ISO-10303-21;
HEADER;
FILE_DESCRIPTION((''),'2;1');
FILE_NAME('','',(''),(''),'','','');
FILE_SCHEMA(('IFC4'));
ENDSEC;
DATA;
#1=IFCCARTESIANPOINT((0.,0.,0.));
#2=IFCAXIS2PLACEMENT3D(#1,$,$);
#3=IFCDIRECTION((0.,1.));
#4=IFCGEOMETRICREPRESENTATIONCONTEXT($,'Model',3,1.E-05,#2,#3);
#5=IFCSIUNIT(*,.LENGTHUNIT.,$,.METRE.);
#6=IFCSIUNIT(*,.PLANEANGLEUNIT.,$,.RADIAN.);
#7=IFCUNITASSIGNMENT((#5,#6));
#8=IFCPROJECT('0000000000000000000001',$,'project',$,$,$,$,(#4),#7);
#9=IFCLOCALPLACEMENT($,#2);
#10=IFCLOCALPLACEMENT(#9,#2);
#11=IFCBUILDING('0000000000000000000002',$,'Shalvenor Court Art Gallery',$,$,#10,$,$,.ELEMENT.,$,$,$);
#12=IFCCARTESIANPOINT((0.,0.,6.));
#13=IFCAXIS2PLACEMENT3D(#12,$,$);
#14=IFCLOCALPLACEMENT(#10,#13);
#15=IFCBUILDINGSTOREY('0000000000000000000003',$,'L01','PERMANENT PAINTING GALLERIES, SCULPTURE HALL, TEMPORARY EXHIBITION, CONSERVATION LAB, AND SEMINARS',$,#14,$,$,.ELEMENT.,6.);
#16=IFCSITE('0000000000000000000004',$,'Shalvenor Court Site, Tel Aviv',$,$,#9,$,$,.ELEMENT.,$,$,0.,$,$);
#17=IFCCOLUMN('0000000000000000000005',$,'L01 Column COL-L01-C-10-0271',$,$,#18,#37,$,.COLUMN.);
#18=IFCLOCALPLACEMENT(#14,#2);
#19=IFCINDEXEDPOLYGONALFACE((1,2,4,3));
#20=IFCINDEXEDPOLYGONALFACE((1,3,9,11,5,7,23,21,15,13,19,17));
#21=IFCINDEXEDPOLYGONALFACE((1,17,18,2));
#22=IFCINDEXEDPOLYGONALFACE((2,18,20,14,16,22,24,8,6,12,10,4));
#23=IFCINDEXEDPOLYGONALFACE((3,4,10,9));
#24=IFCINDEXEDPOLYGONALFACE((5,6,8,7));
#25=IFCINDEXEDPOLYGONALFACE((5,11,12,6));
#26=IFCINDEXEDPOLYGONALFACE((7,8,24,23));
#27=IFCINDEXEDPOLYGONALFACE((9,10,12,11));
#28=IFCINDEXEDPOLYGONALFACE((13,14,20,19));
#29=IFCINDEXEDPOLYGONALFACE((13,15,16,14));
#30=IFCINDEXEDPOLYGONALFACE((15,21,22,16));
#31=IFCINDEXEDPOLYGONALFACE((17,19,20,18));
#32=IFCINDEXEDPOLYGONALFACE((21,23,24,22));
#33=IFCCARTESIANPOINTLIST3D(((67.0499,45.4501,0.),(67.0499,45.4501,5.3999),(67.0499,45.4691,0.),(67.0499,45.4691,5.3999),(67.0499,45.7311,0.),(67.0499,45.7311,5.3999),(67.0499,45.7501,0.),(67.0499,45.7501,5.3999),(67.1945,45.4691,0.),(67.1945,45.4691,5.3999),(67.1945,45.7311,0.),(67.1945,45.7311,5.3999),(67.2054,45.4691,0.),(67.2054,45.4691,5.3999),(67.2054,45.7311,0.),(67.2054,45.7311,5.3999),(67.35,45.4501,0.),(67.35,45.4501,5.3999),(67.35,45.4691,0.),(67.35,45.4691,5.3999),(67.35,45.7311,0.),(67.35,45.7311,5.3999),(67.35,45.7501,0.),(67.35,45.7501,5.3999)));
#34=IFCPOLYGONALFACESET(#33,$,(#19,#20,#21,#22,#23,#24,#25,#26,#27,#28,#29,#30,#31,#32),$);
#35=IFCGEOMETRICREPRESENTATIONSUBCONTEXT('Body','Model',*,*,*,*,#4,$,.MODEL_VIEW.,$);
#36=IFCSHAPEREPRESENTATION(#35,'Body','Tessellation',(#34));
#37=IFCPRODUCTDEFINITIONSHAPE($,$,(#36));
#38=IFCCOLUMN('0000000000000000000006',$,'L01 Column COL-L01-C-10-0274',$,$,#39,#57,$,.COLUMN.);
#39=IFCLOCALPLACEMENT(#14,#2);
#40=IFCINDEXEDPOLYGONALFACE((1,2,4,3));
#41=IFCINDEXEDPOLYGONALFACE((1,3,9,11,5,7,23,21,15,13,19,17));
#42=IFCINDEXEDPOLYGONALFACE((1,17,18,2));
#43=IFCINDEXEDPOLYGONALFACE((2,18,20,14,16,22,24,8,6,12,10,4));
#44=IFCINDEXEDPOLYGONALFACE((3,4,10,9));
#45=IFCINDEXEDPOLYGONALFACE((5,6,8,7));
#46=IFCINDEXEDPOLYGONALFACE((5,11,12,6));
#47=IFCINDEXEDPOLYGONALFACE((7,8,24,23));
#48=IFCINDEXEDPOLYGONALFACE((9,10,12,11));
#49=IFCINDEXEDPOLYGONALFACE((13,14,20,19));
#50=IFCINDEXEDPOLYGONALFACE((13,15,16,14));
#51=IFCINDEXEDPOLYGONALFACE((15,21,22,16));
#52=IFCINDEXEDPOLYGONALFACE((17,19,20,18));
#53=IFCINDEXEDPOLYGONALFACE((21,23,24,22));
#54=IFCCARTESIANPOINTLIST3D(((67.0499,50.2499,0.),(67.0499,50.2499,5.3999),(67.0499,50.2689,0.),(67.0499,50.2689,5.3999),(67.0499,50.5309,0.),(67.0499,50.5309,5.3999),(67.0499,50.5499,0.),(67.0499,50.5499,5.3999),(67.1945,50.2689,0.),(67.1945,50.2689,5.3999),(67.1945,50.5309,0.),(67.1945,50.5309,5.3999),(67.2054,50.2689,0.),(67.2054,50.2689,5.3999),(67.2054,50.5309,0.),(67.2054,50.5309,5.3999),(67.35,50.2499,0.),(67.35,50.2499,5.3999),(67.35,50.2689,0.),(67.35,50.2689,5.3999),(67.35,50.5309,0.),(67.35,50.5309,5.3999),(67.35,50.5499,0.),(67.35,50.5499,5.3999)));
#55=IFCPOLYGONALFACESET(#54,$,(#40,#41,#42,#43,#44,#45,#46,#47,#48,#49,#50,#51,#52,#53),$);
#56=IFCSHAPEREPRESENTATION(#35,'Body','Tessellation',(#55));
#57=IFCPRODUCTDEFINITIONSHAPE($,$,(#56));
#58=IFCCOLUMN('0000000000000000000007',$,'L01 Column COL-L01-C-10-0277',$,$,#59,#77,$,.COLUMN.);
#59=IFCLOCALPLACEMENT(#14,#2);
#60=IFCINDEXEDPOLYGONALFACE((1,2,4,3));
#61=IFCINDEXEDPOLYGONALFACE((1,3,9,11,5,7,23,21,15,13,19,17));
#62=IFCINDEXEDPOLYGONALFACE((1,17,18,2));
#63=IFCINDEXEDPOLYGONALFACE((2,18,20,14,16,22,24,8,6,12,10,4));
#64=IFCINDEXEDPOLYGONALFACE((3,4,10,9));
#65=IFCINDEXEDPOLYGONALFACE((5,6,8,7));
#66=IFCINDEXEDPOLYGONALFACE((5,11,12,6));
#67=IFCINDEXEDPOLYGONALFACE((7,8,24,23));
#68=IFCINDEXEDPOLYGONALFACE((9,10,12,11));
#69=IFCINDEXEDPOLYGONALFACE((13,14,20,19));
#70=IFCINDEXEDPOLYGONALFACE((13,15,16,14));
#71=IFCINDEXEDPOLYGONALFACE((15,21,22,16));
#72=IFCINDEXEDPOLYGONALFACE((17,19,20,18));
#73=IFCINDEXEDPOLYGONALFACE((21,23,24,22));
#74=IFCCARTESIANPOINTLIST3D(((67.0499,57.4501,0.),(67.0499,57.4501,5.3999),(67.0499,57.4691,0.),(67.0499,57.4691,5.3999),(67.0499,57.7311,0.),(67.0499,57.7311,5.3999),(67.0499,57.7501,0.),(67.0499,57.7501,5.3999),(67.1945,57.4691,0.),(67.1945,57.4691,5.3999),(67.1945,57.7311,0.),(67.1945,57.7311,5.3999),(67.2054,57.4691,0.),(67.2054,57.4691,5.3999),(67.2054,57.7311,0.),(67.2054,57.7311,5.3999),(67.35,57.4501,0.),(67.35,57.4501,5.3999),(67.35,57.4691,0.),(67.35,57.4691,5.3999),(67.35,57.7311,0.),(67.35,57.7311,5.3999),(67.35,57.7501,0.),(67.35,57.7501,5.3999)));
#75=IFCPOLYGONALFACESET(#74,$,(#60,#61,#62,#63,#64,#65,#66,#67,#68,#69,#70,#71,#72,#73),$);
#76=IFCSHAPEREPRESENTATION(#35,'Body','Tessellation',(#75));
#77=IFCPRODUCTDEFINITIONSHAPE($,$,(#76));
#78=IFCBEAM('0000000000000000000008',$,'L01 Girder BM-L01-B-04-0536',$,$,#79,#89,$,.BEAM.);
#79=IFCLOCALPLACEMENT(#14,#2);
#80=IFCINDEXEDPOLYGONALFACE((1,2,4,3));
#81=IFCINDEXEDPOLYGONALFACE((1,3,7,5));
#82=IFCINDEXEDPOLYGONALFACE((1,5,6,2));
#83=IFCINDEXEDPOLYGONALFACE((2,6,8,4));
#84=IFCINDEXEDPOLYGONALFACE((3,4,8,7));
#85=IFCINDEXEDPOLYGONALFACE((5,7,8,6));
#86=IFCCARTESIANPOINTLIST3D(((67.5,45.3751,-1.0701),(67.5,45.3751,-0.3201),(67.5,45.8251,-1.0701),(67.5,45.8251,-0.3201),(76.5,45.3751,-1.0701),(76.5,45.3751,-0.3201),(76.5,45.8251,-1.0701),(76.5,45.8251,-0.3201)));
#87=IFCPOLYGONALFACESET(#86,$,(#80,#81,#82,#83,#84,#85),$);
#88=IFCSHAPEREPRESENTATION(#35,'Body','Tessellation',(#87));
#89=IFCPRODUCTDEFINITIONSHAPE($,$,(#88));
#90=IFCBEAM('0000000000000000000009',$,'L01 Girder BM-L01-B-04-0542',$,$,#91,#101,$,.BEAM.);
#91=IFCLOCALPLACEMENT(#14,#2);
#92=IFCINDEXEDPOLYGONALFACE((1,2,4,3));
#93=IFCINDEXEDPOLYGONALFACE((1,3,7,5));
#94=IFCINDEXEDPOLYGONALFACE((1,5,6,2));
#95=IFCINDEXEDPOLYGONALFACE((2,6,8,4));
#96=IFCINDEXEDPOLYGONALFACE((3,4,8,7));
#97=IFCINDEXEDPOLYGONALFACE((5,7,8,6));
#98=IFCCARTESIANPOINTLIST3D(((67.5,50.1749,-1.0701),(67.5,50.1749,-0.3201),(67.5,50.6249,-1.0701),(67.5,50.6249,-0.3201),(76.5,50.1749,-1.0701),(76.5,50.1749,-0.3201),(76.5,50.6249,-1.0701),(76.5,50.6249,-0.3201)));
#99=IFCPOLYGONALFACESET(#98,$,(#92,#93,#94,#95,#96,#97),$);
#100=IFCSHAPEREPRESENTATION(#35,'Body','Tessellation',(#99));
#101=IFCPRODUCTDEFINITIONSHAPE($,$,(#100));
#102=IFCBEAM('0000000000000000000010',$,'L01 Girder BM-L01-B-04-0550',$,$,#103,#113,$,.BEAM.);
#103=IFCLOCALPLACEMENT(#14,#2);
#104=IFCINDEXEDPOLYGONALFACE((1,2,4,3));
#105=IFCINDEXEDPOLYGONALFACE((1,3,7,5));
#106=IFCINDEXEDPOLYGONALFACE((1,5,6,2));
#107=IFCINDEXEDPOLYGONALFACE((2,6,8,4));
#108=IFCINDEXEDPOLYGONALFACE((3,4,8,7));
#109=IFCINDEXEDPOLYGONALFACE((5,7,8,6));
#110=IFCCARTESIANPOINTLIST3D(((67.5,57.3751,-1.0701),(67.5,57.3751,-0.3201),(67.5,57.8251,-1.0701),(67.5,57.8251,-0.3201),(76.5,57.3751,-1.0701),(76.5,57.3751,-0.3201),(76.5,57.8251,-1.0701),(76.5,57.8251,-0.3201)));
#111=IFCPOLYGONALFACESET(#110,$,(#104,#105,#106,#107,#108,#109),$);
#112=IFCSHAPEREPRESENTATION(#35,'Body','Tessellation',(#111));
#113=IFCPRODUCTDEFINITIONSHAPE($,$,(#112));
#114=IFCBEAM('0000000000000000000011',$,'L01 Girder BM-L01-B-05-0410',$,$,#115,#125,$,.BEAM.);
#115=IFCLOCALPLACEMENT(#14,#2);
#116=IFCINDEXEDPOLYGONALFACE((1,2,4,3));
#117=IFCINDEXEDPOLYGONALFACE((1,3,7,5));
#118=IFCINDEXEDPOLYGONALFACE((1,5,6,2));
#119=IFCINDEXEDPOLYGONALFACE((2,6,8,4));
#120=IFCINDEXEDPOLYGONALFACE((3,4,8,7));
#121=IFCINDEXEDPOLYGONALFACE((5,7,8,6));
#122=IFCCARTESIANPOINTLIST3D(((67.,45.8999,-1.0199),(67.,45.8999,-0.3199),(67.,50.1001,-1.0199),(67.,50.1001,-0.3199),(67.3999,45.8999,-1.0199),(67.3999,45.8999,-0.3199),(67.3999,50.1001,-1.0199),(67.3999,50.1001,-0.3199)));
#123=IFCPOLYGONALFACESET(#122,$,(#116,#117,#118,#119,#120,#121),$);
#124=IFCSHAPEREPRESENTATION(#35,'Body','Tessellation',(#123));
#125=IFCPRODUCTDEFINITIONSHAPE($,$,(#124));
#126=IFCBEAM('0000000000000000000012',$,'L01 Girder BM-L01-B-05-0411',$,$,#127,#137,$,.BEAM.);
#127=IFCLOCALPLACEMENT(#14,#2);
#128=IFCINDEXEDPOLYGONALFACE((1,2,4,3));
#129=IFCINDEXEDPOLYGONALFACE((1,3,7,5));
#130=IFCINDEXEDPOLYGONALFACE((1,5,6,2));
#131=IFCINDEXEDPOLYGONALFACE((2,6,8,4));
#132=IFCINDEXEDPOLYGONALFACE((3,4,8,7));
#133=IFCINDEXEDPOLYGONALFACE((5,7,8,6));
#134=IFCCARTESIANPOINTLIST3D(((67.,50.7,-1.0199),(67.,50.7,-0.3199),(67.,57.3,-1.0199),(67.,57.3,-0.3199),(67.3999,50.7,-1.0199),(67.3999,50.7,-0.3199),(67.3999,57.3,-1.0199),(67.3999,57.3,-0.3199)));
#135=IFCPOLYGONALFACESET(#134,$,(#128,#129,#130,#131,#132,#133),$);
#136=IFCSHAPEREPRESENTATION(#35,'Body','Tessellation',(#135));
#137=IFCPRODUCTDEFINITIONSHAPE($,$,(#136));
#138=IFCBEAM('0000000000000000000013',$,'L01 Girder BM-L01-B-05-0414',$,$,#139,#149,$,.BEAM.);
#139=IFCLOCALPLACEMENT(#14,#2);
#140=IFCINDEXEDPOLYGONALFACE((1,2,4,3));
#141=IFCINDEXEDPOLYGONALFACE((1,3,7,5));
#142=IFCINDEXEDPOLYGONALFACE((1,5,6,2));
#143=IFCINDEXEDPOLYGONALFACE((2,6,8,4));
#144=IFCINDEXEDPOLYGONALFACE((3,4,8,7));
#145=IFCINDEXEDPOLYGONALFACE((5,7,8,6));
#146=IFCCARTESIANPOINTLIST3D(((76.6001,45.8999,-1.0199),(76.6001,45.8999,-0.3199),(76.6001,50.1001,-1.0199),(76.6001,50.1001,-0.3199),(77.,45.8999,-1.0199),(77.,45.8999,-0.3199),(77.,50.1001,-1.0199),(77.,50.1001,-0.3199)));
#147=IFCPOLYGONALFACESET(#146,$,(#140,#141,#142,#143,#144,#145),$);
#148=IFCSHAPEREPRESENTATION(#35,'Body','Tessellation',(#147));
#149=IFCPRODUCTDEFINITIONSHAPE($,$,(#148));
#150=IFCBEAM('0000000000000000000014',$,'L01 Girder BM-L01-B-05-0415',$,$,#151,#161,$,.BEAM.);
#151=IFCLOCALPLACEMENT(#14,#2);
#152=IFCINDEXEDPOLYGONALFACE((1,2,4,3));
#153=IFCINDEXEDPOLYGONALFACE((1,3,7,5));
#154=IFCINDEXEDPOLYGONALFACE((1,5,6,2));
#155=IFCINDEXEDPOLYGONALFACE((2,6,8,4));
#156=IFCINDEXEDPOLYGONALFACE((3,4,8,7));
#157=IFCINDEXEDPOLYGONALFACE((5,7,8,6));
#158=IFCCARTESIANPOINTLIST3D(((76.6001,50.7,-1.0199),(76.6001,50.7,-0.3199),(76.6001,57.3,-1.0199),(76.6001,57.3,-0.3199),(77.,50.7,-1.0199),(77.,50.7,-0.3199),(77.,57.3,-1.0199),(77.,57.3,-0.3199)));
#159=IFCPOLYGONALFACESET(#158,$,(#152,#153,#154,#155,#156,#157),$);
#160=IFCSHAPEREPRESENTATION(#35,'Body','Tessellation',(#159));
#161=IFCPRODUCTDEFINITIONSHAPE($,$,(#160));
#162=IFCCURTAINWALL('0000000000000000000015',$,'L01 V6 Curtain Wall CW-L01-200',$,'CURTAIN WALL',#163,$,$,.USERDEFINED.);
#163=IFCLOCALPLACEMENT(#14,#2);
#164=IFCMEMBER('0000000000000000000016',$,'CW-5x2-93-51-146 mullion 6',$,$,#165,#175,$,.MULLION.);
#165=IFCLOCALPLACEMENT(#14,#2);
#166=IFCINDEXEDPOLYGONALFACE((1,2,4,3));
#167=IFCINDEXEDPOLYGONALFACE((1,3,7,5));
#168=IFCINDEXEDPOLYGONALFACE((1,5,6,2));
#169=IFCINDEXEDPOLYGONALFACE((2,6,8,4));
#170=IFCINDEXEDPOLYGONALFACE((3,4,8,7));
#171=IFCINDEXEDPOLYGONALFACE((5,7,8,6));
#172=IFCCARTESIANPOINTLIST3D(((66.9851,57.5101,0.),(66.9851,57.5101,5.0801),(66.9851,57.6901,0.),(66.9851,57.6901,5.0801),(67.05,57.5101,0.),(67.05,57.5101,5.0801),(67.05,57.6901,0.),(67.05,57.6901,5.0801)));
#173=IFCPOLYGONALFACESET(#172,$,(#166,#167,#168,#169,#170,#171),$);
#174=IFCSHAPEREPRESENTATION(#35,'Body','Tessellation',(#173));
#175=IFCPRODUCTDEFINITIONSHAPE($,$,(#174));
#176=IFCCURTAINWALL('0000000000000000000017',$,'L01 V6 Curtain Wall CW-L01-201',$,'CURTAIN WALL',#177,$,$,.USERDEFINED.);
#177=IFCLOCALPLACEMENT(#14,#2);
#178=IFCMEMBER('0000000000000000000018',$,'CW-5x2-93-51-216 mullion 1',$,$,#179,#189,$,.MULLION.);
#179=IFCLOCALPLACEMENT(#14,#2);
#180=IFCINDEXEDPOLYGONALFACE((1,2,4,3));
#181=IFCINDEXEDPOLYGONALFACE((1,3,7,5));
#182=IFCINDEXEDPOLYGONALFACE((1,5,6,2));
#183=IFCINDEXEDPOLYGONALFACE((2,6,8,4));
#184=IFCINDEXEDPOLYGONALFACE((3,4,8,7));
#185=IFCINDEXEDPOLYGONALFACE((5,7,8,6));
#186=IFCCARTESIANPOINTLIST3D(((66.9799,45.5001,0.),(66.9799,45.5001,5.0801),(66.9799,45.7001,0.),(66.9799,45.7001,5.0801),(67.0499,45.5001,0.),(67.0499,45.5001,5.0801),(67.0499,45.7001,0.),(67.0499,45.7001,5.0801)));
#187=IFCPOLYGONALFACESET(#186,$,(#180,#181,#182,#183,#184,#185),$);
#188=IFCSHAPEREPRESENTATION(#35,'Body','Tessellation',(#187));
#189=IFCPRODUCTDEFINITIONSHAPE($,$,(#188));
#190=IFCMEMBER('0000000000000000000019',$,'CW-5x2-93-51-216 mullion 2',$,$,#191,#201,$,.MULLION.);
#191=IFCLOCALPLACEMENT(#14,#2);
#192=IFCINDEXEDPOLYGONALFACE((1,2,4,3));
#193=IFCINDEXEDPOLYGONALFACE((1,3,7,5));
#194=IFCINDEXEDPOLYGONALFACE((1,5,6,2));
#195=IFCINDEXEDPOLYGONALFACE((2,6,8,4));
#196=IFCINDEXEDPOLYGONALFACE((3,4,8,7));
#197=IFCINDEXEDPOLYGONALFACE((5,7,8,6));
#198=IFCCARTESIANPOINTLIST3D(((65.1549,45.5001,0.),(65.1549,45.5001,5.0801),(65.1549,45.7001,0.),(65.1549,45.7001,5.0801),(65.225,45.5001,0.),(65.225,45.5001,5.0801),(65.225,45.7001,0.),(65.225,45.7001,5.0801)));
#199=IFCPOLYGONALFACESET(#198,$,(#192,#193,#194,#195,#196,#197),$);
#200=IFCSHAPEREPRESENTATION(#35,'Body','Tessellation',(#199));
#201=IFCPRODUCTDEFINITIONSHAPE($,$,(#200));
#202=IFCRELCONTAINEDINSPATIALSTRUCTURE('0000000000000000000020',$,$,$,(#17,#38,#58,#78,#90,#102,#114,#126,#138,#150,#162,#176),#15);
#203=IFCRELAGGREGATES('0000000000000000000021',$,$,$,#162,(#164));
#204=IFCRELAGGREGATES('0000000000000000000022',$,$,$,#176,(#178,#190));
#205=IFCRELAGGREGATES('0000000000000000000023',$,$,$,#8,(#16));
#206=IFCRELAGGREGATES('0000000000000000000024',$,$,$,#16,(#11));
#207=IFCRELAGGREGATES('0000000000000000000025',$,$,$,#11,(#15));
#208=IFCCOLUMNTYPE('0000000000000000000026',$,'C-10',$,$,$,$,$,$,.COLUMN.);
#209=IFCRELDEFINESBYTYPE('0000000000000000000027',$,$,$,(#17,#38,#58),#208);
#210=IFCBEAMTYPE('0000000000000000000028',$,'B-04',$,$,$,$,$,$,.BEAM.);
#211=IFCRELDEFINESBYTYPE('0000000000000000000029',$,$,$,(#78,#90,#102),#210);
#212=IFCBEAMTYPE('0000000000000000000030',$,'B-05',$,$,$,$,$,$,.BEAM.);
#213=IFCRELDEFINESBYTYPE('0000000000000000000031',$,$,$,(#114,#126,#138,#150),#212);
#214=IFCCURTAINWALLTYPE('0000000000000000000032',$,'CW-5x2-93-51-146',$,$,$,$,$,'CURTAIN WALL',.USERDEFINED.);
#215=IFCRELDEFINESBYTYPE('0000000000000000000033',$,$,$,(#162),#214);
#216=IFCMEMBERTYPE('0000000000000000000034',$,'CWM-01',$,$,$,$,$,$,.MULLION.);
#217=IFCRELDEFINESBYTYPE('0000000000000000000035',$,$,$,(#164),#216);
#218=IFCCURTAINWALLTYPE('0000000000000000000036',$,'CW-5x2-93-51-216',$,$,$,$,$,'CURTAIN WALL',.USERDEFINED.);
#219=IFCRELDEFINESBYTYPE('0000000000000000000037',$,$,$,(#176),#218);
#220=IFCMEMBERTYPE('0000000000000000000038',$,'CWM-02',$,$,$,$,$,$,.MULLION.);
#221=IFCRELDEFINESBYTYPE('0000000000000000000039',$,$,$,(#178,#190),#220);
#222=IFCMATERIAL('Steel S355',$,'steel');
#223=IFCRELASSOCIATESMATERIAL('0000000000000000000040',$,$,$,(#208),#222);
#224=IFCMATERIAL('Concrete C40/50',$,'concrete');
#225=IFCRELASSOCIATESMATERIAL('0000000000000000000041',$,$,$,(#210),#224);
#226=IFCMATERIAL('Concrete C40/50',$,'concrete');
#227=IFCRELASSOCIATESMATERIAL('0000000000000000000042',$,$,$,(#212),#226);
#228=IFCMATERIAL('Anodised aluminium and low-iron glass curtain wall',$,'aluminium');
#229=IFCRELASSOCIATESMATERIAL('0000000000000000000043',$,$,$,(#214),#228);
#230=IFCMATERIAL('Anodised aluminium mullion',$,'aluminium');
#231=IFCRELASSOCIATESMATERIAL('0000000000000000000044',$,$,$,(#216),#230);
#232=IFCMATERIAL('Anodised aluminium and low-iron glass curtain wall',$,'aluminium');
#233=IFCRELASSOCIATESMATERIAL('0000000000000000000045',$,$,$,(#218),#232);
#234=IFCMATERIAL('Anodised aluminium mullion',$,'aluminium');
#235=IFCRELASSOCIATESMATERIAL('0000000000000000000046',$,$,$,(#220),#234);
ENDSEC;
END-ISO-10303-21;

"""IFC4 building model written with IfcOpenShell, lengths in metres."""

from ifc_helpers import new_model, si_unit, direction, frame, origin, origin_2d, place, context, subcontext, project, spatial, rectangle, i_section, extrude, material, material_profile, profile_set, type_object, element, aggregate, save


model = new_model("IFC4")

# Units and contexts
model_context = context("Model", 3, precision=1e-05, world=origin(), true_north=direction((0.0, 1.0)))
body_context = subcontext(model_context, "Body", "Model", "MODEL_VIEW")
ifc_project = project(units=[si_unit("LENGTHUNIT", "METRE"), si_unit("PLANEANGLEUNIT", "RADIAN")], contexts=[model_context])

# Site, building, storey
site_placement = place(None, origin())
site = spatial("IfcSite", under=ifc_project, at=site_placement, Name="Shalvenor Court Site, Tel Aviv", CompositionType="ELEMENT", RefElevation=0.0)
building_placement = place(site_placement, origin())
building = spatial("IfcBuilding", under=site, at=building_placement, Name="Shalvenor Court Art Gallery", CompositionType="ELEMENT")
storey_placement = place(building_placement, frame((0.0, 0.0, 6.0)))
storey = spatial("IfcBuildingStorey", under=building, at=storey_placement, Name="L01", Description="PERMANENT PAINTING GALLERIES, SCULPTURE HALL, TEMPORARY EXHIBITION, CONSERVATION LAB, AND SEMINARS", CompositionType="ELEMENT", Elevation=6.0)

# Columns
ifc_material_1 = material(Name="Steel S355", Category="steel")
ifc_material_profile_1 = material_profile(ifc_material_1, i_section(OverallWidth=0.3, OverallDepth=0.3, WebThickness=0.011, FlangeThickness=0.019, at=origin_2d()), Name="HEB 300")
ifc_profile_set_1 = profile_set([ifc_material_profile_1], Name="Steel S355")
column_type = type_object("IfcColumnType", Name="C-10", PredefinedType="COLUMN", material=ifc_profile_set_1)
for number, where, z_axis, x_axis, name in (
    (1, (67.2, 45.6001, 0.0), (0.0, 0.0, 1.0), (1.0, 0.0, 0.0), "L01 Column COL-L01-C-10-0271"),
    (2, (67.2, 50.3999, 0.0), (0.0, 0.0, 1.0), (1.0, 0.0, 0.0), "L01 Column COL-L01-C-10-0274"),
    (3, (67.2, 57.6001, 0.0), (0.0, 0.0, 1.0), (1.0, 0.0, 0.0), "L01 Column COL-L01-C-10-0277"),
):
    element("IfcColumn", number, at=place(storey_placement, frame(where, z_axis=z_axis, x_axis=x_axis)), inside=storey, type_object=column_type, Name=name, PredefinedType="COLUMN", context=body_context, shape_type="SweptSolid", body=[
        extrude(i_section(OverallWidth=0.3, OverallDepth=0.3, WebThickness=0.011, FlangeThickness=0.019, at=origin_2d()), origin(), (0.0, 0.0, 1.0), 5.3999),
    ])

# Beams
ifc_material_2 = material(Name="Concrete C40/50", Category="concrete")
ifc_material_profile_2 = material_profile(ifc_material_2, rectangle(XDim=0.45, YDim=0.75, at=origin_2d()), Name="RC 450x750")
ifc_profile_set_2 = profile_set([ifc_material_profile_2], Name="Concrete C40/50")
beam_type_1 = type_object("IfcBeamType", Name="B-04", PredefinedType="BEAM", material=ifc_profile_set_2)
for number, where, z_axis, x_axis, name in (
    (4, (67.5, 45.6001, -0.6951), (1.0, 0.0, 0.0), (0.0, 1.0, 0.0), "L01 Girder BM-L01-B-04-0536"),
    (5, (67.5, 50.3999, -0.6951), (1.0, 0.0, 0.0), (0.0, 1.0, 0.0), "L01 Girder BM-L01-B-04-0542"),
    (6, (67.5, 57.6001, -0.6951), (1.0, 0.0, 0.0), (0.0, 1.0, 0.0), "L01 Girder BM-L01-B-04-0550"),
):
    element("IfcBeam", number, at=place(storey_placement, frame(where, z_axis=z_axis, x_axis=x_axis)), inside=storey, type_object=beam_type_1, Name=name, PredefinedType="BEAM", context=body_context, shape_type="SweptSolid", body=[
        extrude(rectangle(XDim=0.45, YDim=0.75, at=origin_2d()), origin(), (0.0, 0.0, 1.0), 9.0),
    ])
ifc_material_3 = material(Name="Concrete C40/50", Category="concrete")
ifc_material_profile_3 = material_profile(ifc_material_3, rectangle(XDim=0.3999, YDim=0.7, at=origin_2d()), Name="RC 400x700")
ifc_profile_set_3 = profile_set([ifc_material_profile_3], Name="Concrete C40/50")
beam_type_2 = type_object("IfcBeamType", Name="B-05", PredefinedType="BEAM", material=ifc_profile_set_3)
beam_1_placement = place(storey_placement, frame((67.2, 45.8999, -0.6699), z_axis=(0.0, 1.0, 0.0), x_axis=(-1.0, 0.0, 0.0)))
element("IfcBeam", 7, at=beam_1_placement, inside=storey, type_object=beam_type_2, Name="L01 Girder BM-L01-B-05-0410", PredefinedType="BEAM", context=body_context, shape_type="SweptSolid", body=[
    extrude(rectangle(XDim=0.3999, YDim=0.7, at=origin_2d()), origin(), (0.0, 0.0, 1.0), 4.2002),
])
beam_2_placement = place(storey_placement, frame((67.2, 50.7, -0.6699), z_axis=(0.0, 1.0, 0.0), x_axis=(-1.0, 0.0, 0.0)))
element("IfcBeam", 8, at=beam_2_placement, inside=storey, type_object=beam_type_2, Name="L01 Girder BM-L01-B-05-0411", PredefinedType="BEAM", context=body_context, shape_type="SweptSolid", body=[
    extrude(rectangle(XDim=0.3999, YDim=0.7, at=origin_2d()), origin(), (0.0, 0.0, 1.0), 6.6001),
])
beam_3_placement = place(storey_placement, frame((76.8, 45.8999, -0.6699), z_axis=(0.0, 1.0, 0.0), x_axis=(-1.0, 0.0, 0.0)))
element("IfcBeam", 9, at=beam_3_placement, inside=storey, type_object=beam_type_2, Name="L01 Girder BM-L01-B-05-0414", PredefinedType="BEAM", context=body_context, shape_type="SweptSolid", body=[
    extrude(rectangle(XDim=0.3999, YDim=0.7, at=origin_2d()), origin(), (0.0, 0.0, 1.0), 4.2002),
])
beam_4_placement = place(storey_placement, frame((76.8, 50.7, -0.6699), z_axis=(0.0, 1.0, 0.0), x_axis=(-1.0, 0.0, 0.0)))
element("IfcBeam", 10, at=beam_4_placement, inside=storey, type_object=beam_type_2, Name="L01 Girder BM-L01-B-05-0415", PredefinedType="BEAM", context=body_context, shape_type="SweptSolid", body=[
    extrude(rectangle(XDim=0.3999, YDim=0.7, at=origin_2d()), origin(), (0.0, 0.0, 1.0), 6.6001),
])

# Curtain wall, member
ifc_material_4 = material(Name="Anodised aluminium and low-iron glass curtain wall", Category="aluminium")
curtain_wall_type_1 = type_object("IfcCurtainWallType", Name="CW-5x2-93-51-146", ElementType="CURTAIN WALL", PredefinedType="USERDEFINED", material=ifc_material_4)
curtain_wall_1_placement = place(storey_placement, origin())
curtain_wall_1 = element("IfcCurtainWall", 11, at=curtain_wall_1_placement, inside=storey, type_object=curtain_wall_type_1, Name="L01 V6 Curtain Wall CW-L01-200", ObjectType="CURTAIN WALL", PredefinedType="USERDEFINED")
ifc_material_5 = material(Name="Anodised aluminium mullion", Category="aluminium")
ifc_material_profile_4 = material_profile(ifc_material_5, rectangle(XDim=0.0649, YDim=0.1799, at=origin_2d()), Name="CWM-01")
ifc_profile_set_4 = profile_set([ifc_material_profile_4], Name="Anodised aluminium mullion")
member_type_1 = type_object("IfcMemberType", Name="CWM-01", PredefinedType="MULLION", material=ifc_profile_set_4)
member_1_placement = place(storey_placement, frame((67.0176, 57.6001, 0.0), z_axis=(0.0, 0.0, 1.0), x_axis=(1.0, 0.0, 0.0)))
member_1 = element("IfcMember", 12, at=member_1_placement, type_object=member_type_1, Name="CW-5x2-93-51-146 mullion 6", PredefinedType="MULLION", context=body_context, shape_type="SweptSolid", body=[
    extrude(rectangle(XDim=0.0649, YDim=0.1799, at=origin_2d()), origin(), (0.0, 0.0, 1.0), 5.0801),
])

# Curtain wall, members
ifc_material_6 = material(Name="Anodised aluminium and low-iron glass curtain wall", Category="aluminium")
curtain_wall_type_2 = type_object("IfcCurtainWallType", Name="CW-5x2-93-51-216", ElementType="CURTAIN WALL", PredefinedType="USERDEFINED", material=ifc_material_6)
curtain_wall_2_placement = place(storey_placement, origin())
curtain_wall_2 = element("IfcCurtainWall", 13, at=curtain_wall_2_placement, inside=storey, type_object=curtain_wall_type_2, Name="L01 V6 Curtain Wall CW-L01-201", ObjectType="CURTAIN WALL", PredefinedType="USERDEFINED")
ifc_material_7 = material(Name="Anodised aluminium mullion", Category="aluminium")
ifc_material_profile_5 = material_profile(ifc_material_7, rectangle(XDim=0.0701, YDim=0.2, at=origin_2d()), Name="CWM-02")
ifc_profile_set_5 = profile_set([ifc_material_profile_5], Name="Anodised aluminium mullion")
member_type_2 = type_object("IfcMemberType", Name="CWM-02", PredefinedType="MULLION", material=ifc_profile_set_5)
member_2_placement = place(storey_placement, frame((67.0149, 45.6001, 0.0), z_axis=(0.0, 0.0, 1.0), x_axis=(-1.0, 0.0, 0.0)))
member_2 = element("IfcMember", 14, at=member_2_placement, type_object=member_type_2, Name="CW-5x2-93-51-216 mullion 1", PredefinedType="MULLION", context=body_context, shape_type="SweptSolid", body=[
    extrude(rectangle(XDim=0.0701, YDim=0.2, at=origin_2d()), origin(), (0.0, 0.0, 1.0), 5.0801),
])
member_3_placement = place(storey_placement, frame((65.1899, 45.6001, 0.0), z_axis=(0.0, 0.0, 1.0), x_axis=(-1.0, 0.0, 0.0)))
member_3 = element("IfcMember", 15, at=member_3_placement, type_object=member_type_2, Name="CW-5x2-93-51-216 mullion 2", PredefinedType="MULLION", context=body_context, shape_type="SweptSolid", body=[
    extrude(rectangle(XDim=0.0701, YDim=0.2, at=origin_2d()), origin(), (0.0, 0.0, 1.0), 5.0801),
])

aggregate(curtain_wall_1, [member_1])
aggregate(curtain_wall_2, [member_2, member_3])

save(model, "model.ifc")
